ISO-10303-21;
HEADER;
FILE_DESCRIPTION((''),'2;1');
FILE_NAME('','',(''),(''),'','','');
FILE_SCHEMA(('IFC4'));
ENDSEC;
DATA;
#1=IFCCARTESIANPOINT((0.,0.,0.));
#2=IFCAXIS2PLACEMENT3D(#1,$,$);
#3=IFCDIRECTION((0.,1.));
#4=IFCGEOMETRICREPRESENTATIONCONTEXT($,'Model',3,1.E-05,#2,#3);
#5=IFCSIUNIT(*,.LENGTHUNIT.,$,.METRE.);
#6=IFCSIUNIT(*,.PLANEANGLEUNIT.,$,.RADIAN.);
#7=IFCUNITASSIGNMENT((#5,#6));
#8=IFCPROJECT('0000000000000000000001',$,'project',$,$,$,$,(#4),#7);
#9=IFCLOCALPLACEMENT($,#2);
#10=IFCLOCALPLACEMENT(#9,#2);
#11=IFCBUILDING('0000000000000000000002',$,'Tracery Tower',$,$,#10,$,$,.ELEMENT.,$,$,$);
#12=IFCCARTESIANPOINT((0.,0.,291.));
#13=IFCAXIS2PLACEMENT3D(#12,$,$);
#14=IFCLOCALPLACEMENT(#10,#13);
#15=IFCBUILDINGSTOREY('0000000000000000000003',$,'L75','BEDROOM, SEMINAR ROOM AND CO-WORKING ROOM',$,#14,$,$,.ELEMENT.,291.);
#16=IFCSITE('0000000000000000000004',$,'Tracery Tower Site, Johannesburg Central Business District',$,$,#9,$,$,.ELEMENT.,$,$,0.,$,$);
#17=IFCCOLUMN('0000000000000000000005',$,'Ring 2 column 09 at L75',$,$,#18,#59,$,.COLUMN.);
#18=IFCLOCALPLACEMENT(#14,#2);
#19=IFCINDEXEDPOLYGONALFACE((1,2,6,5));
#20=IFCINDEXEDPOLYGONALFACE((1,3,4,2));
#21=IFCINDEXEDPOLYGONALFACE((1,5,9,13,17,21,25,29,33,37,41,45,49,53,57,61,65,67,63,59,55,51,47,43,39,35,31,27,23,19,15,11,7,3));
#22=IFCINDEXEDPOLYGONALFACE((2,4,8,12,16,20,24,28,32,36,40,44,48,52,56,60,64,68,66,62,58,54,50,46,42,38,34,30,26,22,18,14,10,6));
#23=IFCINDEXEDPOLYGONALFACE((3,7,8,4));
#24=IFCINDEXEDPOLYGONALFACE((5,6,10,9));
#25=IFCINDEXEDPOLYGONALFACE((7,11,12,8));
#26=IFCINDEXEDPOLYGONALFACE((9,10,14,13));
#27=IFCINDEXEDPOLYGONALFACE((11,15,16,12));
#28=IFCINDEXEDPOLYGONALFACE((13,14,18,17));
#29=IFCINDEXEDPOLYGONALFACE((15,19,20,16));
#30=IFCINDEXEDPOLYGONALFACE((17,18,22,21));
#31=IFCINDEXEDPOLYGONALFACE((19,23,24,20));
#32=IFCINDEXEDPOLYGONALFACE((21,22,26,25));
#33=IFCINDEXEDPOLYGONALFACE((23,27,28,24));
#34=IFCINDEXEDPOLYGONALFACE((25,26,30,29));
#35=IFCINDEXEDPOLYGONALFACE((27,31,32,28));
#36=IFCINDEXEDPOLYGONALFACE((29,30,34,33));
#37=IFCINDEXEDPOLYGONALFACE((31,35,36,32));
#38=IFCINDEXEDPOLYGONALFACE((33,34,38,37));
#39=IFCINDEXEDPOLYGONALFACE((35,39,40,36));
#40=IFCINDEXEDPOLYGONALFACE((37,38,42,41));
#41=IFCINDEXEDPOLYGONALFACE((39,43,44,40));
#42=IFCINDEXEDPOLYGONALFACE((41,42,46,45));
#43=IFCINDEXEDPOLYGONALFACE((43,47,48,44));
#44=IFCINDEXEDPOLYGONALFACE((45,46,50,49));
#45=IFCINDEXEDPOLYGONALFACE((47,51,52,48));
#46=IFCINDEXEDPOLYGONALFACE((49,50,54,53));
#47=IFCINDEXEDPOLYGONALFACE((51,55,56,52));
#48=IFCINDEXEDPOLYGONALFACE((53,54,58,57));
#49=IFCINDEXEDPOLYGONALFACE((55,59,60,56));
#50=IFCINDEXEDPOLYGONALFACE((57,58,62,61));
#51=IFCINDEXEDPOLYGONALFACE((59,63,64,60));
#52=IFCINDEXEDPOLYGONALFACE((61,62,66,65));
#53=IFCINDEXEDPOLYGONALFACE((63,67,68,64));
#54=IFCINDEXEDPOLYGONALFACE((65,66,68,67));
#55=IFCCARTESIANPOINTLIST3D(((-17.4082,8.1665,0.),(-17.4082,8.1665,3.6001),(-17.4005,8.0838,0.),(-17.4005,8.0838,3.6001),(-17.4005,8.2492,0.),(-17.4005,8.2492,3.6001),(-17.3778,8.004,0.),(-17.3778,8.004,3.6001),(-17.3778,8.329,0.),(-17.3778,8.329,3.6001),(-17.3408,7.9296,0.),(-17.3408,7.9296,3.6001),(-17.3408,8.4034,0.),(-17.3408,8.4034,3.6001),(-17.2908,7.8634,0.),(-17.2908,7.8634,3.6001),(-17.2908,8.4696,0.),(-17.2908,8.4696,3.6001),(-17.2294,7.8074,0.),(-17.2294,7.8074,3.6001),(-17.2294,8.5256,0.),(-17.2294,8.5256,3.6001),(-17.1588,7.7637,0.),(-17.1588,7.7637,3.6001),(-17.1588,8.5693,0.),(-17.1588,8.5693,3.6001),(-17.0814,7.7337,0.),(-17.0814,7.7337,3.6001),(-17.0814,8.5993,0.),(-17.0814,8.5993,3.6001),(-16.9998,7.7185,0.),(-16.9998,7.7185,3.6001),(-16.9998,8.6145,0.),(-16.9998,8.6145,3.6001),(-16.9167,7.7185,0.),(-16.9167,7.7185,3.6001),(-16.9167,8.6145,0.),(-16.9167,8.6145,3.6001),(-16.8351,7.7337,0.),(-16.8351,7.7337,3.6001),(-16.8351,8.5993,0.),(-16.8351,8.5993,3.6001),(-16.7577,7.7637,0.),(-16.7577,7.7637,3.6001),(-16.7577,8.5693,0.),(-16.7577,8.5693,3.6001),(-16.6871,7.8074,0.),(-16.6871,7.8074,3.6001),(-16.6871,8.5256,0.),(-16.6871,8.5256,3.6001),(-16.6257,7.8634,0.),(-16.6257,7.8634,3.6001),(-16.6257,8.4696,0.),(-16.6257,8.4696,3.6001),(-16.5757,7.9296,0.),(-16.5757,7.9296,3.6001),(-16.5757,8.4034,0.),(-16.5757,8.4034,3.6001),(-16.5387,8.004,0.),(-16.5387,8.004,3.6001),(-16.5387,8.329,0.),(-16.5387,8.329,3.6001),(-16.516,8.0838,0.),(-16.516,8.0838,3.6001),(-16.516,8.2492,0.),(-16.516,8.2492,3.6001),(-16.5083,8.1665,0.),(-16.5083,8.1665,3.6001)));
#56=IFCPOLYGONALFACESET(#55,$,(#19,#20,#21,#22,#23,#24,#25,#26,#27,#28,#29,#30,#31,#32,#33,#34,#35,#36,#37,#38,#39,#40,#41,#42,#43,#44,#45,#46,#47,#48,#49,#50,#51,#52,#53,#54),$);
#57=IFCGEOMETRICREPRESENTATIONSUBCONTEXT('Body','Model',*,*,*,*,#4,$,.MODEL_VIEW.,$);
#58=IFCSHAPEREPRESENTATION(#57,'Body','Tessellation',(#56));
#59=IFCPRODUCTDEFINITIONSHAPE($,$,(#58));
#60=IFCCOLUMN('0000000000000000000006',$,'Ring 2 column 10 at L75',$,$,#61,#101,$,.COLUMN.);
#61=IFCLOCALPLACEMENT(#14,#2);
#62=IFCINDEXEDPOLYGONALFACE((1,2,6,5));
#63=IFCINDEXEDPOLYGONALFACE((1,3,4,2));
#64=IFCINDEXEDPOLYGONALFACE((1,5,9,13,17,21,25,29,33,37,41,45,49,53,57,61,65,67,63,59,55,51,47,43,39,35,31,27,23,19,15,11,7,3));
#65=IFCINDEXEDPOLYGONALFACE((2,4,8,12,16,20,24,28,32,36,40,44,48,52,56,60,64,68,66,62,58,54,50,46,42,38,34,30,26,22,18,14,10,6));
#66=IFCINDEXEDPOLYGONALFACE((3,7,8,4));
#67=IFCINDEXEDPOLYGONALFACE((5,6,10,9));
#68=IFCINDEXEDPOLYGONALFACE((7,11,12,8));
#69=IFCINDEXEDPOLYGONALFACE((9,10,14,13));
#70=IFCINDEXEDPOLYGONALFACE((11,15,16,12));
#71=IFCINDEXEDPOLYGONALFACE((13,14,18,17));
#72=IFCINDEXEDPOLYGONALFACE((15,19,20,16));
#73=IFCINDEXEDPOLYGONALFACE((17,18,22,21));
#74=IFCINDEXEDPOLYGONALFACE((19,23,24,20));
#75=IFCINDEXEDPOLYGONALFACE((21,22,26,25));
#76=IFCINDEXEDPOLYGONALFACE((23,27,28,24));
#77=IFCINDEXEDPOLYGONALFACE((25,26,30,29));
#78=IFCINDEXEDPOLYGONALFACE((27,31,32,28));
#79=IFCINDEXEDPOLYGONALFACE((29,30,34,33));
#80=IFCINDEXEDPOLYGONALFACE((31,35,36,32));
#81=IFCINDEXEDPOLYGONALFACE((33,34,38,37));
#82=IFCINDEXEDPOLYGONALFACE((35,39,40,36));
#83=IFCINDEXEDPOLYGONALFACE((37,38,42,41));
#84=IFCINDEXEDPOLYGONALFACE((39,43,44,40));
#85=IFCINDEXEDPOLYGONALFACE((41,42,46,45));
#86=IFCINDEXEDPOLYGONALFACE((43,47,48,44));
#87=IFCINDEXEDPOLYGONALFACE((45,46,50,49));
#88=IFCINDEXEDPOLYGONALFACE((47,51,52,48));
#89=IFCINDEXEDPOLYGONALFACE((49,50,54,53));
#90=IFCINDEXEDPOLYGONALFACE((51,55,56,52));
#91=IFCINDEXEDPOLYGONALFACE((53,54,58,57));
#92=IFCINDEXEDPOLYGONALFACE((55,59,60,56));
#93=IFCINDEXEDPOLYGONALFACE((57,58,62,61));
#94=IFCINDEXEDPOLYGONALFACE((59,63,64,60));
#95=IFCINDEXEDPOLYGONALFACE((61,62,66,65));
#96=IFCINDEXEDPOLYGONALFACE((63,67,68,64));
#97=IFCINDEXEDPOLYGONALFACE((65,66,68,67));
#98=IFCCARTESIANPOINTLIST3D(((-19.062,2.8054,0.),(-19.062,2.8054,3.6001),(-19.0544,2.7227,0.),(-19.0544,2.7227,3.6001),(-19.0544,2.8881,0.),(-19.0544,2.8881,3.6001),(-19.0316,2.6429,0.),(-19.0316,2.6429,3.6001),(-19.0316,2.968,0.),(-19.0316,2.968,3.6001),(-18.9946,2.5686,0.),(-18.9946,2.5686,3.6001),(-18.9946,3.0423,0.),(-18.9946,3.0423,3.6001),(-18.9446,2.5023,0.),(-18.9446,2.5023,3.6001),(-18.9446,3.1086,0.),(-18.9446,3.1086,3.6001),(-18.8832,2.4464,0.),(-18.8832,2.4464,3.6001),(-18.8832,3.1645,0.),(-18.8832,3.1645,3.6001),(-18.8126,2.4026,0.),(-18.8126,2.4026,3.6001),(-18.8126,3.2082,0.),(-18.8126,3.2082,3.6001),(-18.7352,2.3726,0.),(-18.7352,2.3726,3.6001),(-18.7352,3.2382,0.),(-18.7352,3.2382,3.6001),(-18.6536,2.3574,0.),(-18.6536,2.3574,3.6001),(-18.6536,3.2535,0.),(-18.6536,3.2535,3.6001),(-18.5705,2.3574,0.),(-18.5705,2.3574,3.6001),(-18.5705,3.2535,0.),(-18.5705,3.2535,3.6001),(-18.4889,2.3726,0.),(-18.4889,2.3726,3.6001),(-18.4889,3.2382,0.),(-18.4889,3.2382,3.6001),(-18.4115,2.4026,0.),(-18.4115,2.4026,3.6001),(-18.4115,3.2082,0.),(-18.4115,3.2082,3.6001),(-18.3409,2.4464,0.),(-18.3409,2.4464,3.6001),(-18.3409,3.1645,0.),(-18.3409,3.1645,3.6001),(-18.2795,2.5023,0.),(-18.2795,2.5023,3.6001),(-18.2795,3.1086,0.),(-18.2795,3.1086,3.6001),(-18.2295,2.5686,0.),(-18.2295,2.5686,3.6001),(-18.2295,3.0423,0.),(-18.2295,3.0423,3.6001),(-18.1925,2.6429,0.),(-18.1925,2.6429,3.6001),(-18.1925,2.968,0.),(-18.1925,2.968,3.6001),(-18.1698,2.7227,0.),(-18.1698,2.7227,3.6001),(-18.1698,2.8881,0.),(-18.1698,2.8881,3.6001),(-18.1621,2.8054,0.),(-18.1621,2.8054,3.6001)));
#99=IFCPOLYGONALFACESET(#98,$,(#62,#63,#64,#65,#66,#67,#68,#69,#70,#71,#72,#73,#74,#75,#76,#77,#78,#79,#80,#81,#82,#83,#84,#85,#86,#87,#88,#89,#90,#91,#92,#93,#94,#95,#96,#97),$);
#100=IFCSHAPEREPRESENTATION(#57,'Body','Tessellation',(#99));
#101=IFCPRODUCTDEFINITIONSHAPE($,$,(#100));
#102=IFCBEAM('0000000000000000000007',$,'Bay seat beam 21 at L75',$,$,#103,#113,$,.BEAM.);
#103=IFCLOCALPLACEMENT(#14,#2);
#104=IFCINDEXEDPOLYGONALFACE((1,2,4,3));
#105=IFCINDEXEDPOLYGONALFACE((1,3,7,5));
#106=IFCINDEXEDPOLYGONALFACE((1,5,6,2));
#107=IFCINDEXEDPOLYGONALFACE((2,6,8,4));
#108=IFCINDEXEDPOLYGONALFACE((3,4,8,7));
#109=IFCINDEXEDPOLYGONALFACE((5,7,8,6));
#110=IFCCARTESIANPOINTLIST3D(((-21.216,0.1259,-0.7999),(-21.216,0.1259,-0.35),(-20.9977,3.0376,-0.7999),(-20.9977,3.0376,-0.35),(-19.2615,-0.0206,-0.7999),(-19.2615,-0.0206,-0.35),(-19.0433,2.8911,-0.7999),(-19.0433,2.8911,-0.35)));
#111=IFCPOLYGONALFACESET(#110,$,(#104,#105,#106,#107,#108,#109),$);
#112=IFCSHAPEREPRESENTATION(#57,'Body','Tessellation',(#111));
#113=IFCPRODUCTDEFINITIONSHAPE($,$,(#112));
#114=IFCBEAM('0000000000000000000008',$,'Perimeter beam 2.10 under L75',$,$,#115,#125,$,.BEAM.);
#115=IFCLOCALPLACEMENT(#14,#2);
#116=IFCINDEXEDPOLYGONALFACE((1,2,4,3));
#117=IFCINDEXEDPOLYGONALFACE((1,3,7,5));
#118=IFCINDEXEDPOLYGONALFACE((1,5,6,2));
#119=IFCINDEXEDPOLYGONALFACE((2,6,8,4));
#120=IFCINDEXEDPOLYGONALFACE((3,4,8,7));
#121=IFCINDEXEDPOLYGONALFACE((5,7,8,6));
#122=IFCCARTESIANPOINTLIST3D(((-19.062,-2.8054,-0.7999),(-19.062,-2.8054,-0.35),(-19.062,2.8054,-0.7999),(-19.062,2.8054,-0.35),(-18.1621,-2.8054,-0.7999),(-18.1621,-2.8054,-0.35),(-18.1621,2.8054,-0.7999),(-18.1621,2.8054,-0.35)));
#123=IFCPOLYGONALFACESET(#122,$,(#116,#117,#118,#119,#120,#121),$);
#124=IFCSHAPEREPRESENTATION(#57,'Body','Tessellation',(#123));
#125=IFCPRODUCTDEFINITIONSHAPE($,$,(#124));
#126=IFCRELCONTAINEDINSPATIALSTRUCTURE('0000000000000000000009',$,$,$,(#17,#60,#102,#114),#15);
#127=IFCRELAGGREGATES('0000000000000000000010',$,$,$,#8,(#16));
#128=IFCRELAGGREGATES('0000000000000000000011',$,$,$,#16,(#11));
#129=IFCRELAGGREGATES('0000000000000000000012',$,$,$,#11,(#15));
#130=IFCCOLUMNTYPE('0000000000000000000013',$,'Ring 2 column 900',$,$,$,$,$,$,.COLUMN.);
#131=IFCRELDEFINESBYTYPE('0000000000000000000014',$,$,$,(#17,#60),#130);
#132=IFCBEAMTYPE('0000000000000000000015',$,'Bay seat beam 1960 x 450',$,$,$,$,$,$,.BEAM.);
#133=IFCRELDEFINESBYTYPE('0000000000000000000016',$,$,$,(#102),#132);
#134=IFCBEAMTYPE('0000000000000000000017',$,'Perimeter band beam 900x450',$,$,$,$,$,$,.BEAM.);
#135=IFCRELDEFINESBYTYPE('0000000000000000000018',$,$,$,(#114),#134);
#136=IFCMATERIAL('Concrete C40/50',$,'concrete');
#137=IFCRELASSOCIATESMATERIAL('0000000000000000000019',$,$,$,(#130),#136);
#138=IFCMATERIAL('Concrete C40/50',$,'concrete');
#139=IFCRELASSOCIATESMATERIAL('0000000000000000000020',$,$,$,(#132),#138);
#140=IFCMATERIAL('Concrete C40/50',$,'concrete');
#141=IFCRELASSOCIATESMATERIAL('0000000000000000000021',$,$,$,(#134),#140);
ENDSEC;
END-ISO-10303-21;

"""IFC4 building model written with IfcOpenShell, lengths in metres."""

from ifc_helpers import new_model, si_unit, direction, frame, origin, origin_2d, place, context, subcontext, project, spatial, rectangle, circle, extrude, material, material_profile, profile_set, type_object, element, save


model = new_model("IFC4")

# Units and contexts
model_context = context("Model", 3, precision=1e-05, world=origin(), true_north=direction((0.0, 1.0)))
body_context = subcontext(model_context, "Body", "Model", "MODEL_VIEW")
ifc_project = project(units=[si_unit("LENGTHUNIT", "METRE"), si_unit("PLANEANGLEUNIT", "RADIAN")], contexts=[model_context])

# Site, building, storey
site_placement = place(None, origin())
site = spatial("IfcSite", under=ifc_project, at=site_placement, Name="Tracery Tower Site, Johannesburg Central Business District", CompositionType="ELEMENT", RefElevation=0.0)
building_placement = place(site_placement, origin())
building = spatial("IfcBuilding", under=site, at=building_placement, Name="Tracery Tower", CompositionType="ELEMENT")
storey_placement = place(building_placement, frame((0.0, 0.0, 291.0)))
storey = spatial("IfcBuildingStorey", under=building, at=storey_placement, Name="L75", Description="BEDROOM, SEMINAR ROOM AND CO-WORKING ROOM", CompositionType="ELEMENT", Elevation=291.0)

# Columns
ifc_material_1 = material(Name="Concrete C40/50", Category="concrete")
ifc_material_profile_1 = material_profile(ifc_material_1, circle(Radius=0.45, at=origin_2d()), Name="RC D900")
ifc_profile_set_1 = profile_set([ifc_material_profile_1], Name="Concrete C40/50")
column_type = type_object("IfcColumnType", Name="Ring 2 column 900", PredefinedType="COLUMN", material=ifc_profile_set_1)
for number, where, z_axis, x_axis, name in (
    (1, (-16.9583, 8.1665, 0.0), (0.0, 0.0, 1.0), (1.0, 0.0, 0.0), "Ring 2 column 09 at L75"),
    (2, (-18.6121, 2.8054, 0.0), (0.0, 0.0, 1.0), (1.0, 0.0, 0.0), "Ring 2 column 10 at L75"),
):
    element("IfcColumn", number, at=place(storey_placement, frame(where, z_axis=z_axis, x_axis=x_axis)), inside=storey, type_object=column_type, Name=name, PredefinedType="COLUMN", context=body_context, shape_type="SweptSolid", body=[
        extrude(circle(Radius=0.45, at=origin_2d()), origin(), (0.0, 0.0, 1.0), 3.6001),
    ])

# Beams
ifc_material_2 = material(Name="Concrete C40/50", Category="concrete")
ifc_material_profile_2 = material_profile(ifc_material_2, rectangle(XDim=1.96, YDim=0.45, at=origin_2d()), Name="RC 1960x450")
ifc_profile_set_2 = profile_set([ifc_material_profile_2], Name="Concrete C40/50")
beam_type_1 = type_object("IfcBeamType", Name="Bay seat beam 1960 x 450", PredefinedType="BEAM", material=ifc_profile_set_2)
beam_1_placement = place(storey_placement, frame((-20.0205, 2.9644, -0.575), z_axis=(-0.074746, -0.997203, 0.0), x_axis=(0.997203, -0.074746, 0.0)))
element("IfcBeam", 3, at=beam_1_placement, inside=storey, type_object=beam_type_1, Name="Bay seat beam 21 at L75", PredefinedType="BEAM", context=body_context, shape_type="SweptSolid", body=[
    extrude(rectangle(XDim=1.96, YDim=0.45, at=origin_2d()), origin(), (0.0, 0.0, 1.0), 2.9199),
])
ifc_material_3 = material(Name="Concrete C40/50", Category="concrete")
ifc_material_profile_3 = material_profile(ifc_material_3, rectangle(XDim=0.8999, YDim=0.45, at=origin_2d()), Name="RC 900x450")
ifc_profile_set_3 = profile_set([ifc_material_profile_3], Name="Concrete C40/50")
beam_type_2 = type_object("IfcBeamType", Name="Perimeter band beam 900x450", PredefinedType="BEAM", material=ifc_profile_set_3)
beam_2_placement = place(storey_placement, frame((-18.6121, 2.8054, -0.575), z_axis=(0.0, -1.0, 0.0), x_axis=(1.0, 0.0, 0.0)))
element("IfcBeam", 4, at=beam_2_placement, inside=storey, type_object=beam_type_2, Name="Perimeter beam 2.10 under L75", PredefinedType="BEAM", context=body_context, shape_type="SweptSolid", body=[
    extrude(rectangle(XDim=0.8999, YDim=0.45, at=origin_2d()), origin(), (0.0, 0.0, 1.0), 5.6108),
])

save(model, "model.ifc")
